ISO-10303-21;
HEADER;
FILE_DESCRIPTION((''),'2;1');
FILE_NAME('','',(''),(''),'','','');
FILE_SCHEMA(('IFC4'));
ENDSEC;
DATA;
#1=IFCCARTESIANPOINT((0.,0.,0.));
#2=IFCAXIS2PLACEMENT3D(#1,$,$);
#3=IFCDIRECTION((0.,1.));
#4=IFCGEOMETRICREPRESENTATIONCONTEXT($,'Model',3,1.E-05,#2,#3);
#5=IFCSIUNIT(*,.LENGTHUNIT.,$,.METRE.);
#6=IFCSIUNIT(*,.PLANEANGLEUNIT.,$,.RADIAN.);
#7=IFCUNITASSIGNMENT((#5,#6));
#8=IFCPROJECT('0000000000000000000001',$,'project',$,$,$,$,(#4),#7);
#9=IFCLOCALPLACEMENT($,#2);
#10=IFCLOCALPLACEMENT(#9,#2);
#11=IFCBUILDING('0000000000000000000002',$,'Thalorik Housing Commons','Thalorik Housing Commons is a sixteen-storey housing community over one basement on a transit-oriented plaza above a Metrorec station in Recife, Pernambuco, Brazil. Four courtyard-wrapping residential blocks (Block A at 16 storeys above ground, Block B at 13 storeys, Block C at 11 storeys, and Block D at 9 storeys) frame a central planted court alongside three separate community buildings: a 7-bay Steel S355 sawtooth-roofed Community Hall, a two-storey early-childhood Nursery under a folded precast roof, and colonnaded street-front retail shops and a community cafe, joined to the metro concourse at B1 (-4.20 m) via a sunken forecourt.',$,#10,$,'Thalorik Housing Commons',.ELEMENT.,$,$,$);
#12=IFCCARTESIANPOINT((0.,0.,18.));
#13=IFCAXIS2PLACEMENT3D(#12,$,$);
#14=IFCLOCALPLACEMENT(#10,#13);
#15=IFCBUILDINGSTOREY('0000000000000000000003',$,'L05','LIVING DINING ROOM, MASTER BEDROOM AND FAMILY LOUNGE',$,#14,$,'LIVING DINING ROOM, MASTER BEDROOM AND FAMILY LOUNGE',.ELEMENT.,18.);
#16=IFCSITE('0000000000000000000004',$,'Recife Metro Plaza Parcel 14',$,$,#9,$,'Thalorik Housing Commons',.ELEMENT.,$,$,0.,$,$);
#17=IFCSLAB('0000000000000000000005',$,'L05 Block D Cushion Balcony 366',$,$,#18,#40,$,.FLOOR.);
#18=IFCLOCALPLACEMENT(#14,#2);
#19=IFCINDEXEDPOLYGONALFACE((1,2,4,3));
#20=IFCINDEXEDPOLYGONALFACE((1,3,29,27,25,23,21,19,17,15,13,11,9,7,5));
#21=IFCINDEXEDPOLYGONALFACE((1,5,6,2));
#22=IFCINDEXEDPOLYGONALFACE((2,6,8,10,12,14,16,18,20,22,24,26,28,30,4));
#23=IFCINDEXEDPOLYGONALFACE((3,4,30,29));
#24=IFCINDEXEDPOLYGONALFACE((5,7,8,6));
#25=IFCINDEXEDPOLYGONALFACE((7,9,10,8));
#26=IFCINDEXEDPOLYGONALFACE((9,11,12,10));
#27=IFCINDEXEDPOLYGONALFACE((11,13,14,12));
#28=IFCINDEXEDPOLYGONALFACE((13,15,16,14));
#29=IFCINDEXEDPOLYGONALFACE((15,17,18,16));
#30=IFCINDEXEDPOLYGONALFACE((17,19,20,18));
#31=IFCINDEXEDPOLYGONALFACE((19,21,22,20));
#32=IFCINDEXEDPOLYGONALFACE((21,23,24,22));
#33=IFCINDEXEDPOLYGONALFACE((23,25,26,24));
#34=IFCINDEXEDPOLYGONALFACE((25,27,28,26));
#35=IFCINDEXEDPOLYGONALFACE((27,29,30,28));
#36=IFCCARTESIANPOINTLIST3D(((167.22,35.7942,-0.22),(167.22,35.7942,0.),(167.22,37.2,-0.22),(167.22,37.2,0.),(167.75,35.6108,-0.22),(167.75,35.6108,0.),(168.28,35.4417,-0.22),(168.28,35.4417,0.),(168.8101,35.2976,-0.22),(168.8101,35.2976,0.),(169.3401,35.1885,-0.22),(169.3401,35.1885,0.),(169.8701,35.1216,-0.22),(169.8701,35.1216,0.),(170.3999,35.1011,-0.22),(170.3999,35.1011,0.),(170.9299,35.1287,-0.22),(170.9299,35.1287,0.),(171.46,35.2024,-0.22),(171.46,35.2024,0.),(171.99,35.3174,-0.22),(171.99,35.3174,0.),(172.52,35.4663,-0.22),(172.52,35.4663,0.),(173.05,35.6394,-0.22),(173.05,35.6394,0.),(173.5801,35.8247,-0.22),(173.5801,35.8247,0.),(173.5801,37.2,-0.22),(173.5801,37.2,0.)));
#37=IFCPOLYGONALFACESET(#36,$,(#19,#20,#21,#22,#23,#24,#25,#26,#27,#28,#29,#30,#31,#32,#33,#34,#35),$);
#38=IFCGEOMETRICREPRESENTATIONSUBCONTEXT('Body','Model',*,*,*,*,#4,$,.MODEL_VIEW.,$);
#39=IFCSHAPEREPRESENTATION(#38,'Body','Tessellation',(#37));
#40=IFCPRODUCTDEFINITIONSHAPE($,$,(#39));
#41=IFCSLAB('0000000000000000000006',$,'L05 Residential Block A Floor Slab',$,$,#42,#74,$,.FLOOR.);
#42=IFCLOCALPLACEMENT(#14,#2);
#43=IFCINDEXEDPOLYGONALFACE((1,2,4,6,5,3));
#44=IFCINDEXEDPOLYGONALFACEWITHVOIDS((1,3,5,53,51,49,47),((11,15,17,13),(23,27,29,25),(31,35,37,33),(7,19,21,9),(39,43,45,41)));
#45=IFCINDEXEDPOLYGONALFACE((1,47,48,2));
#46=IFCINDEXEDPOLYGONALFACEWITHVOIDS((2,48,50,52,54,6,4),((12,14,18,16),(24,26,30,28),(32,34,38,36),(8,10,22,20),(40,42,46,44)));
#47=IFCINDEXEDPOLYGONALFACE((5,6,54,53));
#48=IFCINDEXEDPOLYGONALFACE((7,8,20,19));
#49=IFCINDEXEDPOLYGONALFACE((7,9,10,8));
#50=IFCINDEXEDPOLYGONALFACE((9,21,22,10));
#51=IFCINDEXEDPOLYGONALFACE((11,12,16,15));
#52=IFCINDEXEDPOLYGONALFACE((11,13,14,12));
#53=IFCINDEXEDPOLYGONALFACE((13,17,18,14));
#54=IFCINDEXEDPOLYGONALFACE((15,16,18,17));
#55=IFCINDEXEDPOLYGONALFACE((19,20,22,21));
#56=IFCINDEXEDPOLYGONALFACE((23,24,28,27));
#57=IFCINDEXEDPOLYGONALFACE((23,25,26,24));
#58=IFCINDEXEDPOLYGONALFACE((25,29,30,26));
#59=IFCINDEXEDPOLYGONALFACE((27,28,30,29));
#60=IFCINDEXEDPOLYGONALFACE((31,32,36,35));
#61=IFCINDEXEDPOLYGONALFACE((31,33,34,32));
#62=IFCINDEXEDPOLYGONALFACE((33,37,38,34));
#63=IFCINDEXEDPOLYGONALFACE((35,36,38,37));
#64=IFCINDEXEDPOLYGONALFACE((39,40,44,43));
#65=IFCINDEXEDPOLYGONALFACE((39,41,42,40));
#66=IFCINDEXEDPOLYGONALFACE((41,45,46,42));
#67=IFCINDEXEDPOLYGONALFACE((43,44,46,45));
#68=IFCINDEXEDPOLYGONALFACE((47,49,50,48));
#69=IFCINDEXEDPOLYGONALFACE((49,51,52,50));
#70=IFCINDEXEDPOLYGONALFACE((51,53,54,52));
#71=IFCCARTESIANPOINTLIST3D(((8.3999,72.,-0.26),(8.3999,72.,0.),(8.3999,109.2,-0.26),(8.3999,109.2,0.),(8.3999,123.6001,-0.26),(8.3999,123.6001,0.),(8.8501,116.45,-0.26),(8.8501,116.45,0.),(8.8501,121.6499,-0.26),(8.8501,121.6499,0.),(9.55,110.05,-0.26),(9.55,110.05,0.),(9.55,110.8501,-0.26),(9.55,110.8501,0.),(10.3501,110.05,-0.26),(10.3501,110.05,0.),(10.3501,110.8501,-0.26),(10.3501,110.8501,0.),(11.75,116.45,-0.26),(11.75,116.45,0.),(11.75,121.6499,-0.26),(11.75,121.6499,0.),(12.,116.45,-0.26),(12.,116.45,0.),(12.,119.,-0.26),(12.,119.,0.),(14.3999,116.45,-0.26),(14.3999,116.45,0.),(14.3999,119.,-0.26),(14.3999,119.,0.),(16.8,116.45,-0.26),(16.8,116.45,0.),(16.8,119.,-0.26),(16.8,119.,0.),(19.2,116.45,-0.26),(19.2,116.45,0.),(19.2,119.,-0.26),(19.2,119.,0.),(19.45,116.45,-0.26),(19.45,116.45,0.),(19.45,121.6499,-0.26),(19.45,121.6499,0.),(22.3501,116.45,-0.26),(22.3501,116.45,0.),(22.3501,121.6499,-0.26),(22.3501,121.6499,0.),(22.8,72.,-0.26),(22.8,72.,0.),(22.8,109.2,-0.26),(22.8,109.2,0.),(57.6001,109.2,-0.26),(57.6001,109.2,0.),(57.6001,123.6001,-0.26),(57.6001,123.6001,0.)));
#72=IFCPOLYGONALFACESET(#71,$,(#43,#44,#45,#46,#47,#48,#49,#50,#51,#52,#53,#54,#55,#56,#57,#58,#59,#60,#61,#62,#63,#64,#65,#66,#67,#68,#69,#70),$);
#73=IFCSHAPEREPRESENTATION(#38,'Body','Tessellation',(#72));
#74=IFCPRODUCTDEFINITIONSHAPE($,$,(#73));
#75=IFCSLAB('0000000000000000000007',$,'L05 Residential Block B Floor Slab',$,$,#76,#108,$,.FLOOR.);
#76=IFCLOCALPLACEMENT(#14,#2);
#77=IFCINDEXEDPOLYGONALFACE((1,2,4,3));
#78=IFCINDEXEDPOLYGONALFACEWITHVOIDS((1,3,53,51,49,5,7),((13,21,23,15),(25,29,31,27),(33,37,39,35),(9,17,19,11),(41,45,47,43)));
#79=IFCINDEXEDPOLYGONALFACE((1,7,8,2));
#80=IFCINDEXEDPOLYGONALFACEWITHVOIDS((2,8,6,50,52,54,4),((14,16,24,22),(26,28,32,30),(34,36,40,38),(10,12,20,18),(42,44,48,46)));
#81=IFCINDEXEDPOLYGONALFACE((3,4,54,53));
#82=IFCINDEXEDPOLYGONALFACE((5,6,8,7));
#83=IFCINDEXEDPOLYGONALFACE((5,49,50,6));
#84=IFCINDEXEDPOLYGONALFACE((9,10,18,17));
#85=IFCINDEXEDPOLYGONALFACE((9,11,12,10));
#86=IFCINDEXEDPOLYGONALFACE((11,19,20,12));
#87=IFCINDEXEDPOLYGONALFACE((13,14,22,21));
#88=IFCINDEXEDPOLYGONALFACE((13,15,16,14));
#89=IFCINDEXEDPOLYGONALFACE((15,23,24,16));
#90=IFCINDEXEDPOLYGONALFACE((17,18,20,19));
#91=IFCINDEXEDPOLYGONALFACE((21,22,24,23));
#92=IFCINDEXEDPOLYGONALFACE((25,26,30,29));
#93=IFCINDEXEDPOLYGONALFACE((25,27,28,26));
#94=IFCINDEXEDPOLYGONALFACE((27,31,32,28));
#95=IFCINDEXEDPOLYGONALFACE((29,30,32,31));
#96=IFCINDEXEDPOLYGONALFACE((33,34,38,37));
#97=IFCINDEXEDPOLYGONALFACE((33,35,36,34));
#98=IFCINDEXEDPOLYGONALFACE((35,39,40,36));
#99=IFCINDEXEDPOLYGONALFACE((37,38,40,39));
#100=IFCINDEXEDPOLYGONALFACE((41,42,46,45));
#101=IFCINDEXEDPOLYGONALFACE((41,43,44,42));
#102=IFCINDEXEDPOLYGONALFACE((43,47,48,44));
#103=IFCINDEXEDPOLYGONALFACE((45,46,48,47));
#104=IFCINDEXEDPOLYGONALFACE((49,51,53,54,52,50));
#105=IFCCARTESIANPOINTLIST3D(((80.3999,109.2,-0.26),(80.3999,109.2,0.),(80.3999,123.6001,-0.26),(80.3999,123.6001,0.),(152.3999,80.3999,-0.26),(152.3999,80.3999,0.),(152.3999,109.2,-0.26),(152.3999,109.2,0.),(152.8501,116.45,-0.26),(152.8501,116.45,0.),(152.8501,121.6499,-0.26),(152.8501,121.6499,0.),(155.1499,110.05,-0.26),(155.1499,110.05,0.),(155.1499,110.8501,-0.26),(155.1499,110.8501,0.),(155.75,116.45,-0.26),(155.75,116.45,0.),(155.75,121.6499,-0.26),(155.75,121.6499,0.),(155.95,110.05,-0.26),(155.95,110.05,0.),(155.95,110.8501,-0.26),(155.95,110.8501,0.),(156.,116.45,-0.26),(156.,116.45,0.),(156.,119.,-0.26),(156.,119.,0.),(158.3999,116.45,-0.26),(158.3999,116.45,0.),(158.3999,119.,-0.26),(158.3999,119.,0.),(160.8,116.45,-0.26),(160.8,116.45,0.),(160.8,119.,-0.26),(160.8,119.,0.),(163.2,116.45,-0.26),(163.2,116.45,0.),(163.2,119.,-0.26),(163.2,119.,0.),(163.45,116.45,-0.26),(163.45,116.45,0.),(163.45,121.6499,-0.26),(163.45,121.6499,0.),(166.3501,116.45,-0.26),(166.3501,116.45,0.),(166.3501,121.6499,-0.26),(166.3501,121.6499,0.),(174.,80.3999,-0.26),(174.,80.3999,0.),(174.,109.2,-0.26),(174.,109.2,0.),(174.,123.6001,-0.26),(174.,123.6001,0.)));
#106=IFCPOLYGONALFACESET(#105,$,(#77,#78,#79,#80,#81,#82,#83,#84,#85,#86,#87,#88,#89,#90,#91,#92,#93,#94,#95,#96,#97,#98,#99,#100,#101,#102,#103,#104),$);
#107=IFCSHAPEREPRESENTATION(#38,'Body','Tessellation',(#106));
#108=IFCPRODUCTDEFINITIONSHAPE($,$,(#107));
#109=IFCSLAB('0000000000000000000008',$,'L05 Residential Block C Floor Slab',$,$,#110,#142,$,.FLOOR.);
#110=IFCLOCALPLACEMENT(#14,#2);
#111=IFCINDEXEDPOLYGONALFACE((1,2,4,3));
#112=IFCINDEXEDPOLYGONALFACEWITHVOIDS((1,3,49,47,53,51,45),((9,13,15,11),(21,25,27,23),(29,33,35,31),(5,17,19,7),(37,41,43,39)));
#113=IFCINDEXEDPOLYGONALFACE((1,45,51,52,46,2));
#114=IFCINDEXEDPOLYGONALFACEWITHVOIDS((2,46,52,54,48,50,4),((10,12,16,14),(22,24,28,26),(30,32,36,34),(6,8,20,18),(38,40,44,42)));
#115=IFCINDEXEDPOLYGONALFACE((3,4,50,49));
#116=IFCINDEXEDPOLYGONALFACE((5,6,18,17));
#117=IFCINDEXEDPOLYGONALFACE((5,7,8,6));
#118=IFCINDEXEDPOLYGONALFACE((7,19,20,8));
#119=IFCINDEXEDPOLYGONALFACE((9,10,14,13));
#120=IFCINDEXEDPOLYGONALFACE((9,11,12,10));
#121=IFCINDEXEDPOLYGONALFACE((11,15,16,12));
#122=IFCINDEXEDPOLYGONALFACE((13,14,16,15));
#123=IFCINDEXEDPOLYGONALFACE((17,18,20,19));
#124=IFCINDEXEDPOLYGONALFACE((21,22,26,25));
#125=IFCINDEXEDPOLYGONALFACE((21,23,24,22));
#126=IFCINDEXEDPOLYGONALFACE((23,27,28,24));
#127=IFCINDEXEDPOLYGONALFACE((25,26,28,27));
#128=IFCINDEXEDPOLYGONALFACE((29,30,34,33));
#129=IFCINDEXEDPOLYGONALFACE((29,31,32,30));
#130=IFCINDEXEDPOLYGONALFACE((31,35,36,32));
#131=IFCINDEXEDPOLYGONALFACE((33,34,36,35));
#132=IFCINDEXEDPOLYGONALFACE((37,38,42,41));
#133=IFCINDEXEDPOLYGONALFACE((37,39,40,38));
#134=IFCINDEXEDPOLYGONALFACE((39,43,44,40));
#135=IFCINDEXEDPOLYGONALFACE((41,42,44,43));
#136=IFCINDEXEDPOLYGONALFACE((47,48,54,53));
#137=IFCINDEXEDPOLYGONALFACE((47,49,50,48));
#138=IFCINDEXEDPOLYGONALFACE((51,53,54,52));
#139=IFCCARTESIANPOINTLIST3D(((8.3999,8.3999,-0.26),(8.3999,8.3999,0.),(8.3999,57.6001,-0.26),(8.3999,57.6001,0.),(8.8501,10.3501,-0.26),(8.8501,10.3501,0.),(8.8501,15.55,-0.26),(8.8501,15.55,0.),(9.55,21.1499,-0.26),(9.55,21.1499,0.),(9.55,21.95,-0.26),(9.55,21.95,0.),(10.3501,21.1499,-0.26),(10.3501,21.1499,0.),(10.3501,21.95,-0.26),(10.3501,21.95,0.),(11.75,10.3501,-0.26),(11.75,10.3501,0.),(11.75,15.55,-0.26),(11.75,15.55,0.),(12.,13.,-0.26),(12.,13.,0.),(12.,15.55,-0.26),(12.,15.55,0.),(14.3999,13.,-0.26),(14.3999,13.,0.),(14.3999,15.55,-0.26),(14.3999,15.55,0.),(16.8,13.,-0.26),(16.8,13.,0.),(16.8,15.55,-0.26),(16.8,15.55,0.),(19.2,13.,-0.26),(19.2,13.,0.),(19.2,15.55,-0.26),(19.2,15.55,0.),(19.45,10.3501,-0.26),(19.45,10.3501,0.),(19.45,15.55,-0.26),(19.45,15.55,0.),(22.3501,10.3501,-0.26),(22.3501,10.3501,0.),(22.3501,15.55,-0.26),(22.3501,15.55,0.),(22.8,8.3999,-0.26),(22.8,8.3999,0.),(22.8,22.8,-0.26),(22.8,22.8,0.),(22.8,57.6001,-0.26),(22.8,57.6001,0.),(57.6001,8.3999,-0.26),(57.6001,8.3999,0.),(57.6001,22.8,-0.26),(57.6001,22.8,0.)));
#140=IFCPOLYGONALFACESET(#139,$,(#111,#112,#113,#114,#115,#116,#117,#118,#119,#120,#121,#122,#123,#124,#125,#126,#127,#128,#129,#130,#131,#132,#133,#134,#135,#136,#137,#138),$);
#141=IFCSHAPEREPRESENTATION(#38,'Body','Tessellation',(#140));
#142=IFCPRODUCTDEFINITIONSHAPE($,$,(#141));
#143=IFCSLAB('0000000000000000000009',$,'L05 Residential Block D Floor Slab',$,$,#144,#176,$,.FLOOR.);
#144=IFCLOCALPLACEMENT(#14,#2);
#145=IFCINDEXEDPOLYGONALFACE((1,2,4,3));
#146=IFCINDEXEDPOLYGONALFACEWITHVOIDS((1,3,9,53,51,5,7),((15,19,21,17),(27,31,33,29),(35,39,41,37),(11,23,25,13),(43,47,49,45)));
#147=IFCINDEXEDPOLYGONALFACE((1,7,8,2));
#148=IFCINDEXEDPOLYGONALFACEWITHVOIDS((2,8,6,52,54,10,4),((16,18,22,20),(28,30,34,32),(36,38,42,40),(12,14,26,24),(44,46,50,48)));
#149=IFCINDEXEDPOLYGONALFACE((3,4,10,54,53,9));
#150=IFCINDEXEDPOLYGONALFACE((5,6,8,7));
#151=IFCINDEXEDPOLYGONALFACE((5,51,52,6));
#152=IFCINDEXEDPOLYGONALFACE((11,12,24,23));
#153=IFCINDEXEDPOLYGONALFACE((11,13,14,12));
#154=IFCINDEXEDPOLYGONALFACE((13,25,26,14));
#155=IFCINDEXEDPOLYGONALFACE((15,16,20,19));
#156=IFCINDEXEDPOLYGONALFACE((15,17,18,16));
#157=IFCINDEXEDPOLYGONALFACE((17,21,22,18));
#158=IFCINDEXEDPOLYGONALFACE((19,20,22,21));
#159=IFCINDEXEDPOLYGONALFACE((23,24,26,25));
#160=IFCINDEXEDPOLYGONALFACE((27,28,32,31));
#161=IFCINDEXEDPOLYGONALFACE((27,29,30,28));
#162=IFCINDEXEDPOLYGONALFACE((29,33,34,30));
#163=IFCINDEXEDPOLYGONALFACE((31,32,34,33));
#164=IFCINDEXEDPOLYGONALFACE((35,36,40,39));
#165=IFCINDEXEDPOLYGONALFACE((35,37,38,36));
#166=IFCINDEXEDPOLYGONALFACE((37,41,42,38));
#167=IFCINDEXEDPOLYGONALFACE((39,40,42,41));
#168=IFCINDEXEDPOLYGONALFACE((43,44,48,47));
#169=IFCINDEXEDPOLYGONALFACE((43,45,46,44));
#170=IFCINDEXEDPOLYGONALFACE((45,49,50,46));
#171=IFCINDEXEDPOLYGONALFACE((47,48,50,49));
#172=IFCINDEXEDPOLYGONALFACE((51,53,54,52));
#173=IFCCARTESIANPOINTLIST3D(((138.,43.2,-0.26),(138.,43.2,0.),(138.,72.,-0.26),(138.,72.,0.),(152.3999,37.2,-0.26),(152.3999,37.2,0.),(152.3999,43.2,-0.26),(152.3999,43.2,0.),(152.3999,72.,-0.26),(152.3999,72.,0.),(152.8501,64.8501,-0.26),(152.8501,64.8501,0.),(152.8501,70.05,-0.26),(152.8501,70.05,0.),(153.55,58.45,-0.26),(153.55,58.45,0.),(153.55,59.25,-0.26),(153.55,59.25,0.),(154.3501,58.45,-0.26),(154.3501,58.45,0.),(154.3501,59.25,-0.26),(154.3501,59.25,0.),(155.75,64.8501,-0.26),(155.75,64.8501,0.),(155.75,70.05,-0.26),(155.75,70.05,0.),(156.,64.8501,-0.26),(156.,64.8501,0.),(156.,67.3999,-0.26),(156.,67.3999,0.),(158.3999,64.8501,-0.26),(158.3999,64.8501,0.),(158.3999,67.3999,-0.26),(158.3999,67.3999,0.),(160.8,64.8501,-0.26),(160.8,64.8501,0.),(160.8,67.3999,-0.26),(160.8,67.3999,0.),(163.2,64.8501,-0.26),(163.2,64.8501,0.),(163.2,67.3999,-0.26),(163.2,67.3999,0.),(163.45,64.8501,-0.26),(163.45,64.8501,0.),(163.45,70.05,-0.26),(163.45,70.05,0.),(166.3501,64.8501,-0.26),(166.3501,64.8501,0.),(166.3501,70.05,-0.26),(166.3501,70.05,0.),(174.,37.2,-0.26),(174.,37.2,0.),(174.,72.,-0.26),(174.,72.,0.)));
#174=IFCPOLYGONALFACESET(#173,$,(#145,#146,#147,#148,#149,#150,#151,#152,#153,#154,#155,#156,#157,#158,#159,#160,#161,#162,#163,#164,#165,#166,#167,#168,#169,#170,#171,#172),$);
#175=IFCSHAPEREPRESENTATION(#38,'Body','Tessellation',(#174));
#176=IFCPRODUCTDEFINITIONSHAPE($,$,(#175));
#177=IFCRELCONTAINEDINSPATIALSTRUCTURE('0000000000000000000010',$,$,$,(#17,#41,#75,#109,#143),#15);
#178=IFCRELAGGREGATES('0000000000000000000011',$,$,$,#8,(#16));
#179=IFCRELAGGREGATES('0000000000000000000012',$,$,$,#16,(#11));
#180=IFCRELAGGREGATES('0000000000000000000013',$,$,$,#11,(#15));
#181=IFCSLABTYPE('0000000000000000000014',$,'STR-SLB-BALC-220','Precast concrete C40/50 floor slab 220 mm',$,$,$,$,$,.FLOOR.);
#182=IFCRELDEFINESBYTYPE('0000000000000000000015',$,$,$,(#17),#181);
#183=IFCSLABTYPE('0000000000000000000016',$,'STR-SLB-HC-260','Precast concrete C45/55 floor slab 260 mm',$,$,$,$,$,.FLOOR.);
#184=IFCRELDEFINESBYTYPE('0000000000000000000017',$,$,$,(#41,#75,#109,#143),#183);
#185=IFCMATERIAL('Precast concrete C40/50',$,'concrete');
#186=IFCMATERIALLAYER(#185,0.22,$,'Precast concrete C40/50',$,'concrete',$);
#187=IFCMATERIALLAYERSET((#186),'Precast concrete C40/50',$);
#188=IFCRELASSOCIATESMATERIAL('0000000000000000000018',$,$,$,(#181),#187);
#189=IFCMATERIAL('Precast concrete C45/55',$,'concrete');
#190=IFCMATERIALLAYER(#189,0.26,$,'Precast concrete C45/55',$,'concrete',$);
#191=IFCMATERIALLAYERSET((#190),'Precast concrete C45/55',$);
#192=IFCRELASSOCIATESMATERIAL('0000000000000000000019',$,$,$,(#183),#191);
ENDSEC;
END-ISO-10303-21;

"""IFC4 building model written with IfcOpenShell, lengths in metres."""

from ifc_helpers import new_model, si_unit, direction, frame, origin, place, context, subcontext, project, spatial, polyline, outline, extrude, material, layer, layer_set, type_object, element, save


model = new_model("IFC4")

# Units and contexts
model_context = context("Model", 3, precision=1e-05, world=origin(), true_north=direction((0.0, 1.0)))
body_context = subcontext(model_context, "Body", "Model", "MODEL_VIEW")
ifc_project = project(units=[si_unit("LENGTHUNIT", "METRE"), si_unit("PLANEANGLEUNIT", "RADIAN")], contexts=[model_context])

# Site, building, storey
site_placement = place(None, origin())
site = spatial("IfcSite", under=ifc_project, at=site_placement, Name="Recife Metro Plaza Parcel 14", LongName="Thalorik Housing Commons", CompositionType="ELEMENT", RefElevation=0.0)
building_placement = place(site_placement, origin())
building = spatial("IfcBuilding", under=site, at=building_placement, Name="Thalorik Housing Commons", Description="Thalorik Housing Commons is a sixteen-storey housing community over one basement on a transit-oriented plaza above a Metrorec station in Recife, Pernambuco, Brazil. Four courtyard-wrapping residential blocks (Block A at 16 storeys above ground, Block B at 13 storeys, Block C at 11 storeys, and Block D at 9 storeys) frame a central planted court alongside three separate community buildings: a 7-bay Steel S355 sawtooth-roofed Community Hall, a two-storey early-childhood Nursery under a folded precast roof, and colonnaded street-front retail shops and a community cafe, joined to the metro concourse at B1 (-4.20 m) via a sunken forecourt.", LongName="Thalorik Housing Commons", CompositionType="ELEMENT")
storey_placement = place(building_placement, frame((0.0, 0.0, 18.0)))
storey = spatial("IfcBuildingStorey", under=building, at=storey_placement, Name="L05", Description="LIVING DINING ROOM, MASTER BEDROOM AND FAMILY LOUNGE", LongName="LIVING DINING ROOM, MASTER BEDROOM AND FAMILY LOUNGE", CompositionType="ELEMENT", Elevation=18.0)

# Slabs
ifc_material_1 = material(Name="Precast concrete C40/50", Category="concrete")
ifc_layer_1 = layer(ifc_material_1, 0.22, Name="Precast concrete C40/50", Category="concrete")
ifc_layer_set_1 = layer_set([ifc_layer_1], Name="Precast concrete C40/50")
slab_type_1 = type_object("IfcSlabType", Name="STR-SLB-BALC-220", Description="Precast concrete C40/50 floor slab 220 mm", PredefinedType="FLOOR", material=ifc_layer_set_1)
slab_1_placement = place(storey_placement, frame((0.0, 0.0, -0.22)))
element("IfcSlab", 1, at=slab_1_placement, inside=storey, type_object=slab_type_1, Name="L05 Block D Cushion Balcony 366", PredefinedType="FLOOR", context=body_context, shape_type="SweptSolid", body=[
    extrude(outline(polyline([(167.22, 35.7942), (167.75, 35.6108), (168.28, 35.4417), (168.8101, 35.2976), (169.3401, 35.1885), (169.8701, 35.1216), (170.3999, 35.1011), (170.9299, 35.1287), (171.46, 35.2024), (171.99, 35.3174), (172.52, 35.4663), (173.05, 35.6394), (173.5801, 35.8247), (173.5801, 37.2), (167.22, 37.2), (167.22, 35.7942)])), origin(), (0.0, 0.0, 1.0), 0.22),
])
ifc_material_2 = material(Name="Precast concrete C45/55", Category="concrete")
ifc_layer_2 = layer(ifc_material_2, 0.26, Name="Precast concrete C45/55", Category="concrete")
ifc_layer_set_2 = layer_set([ifc_layer_2], Name="Precast concrete C45/55")
slab_type_2 = type_object("IfcSlabType", Name="STR-SLB-HC-260", Description="Precast concrete C45/55 floor slab 260 mm", PredefinedType="FLOOR", material=ifc_layer_set_2)
slab_2_placement = place(storey_placement, frame((0.0, 0.0, -0.26)))
element("IfcSlab", 2, at=slab_2_placement, inside=storey, type_object=slab_type_2, Name="L05 Residential Block A Floor Slab", PredefinedType="FLOOR", context=body_context, shape_type="SweptSolid", body=[
    extrude(outline(polyline([(8.3999, 123.6001), (8.3999, 109.2), (8.3999, 72.0), (22.8, 72.0), (22.8, 109.2), (57.6001, 109.2), (57.6001, 123.6001), (8.3999, 123.6001)]), holes=[polyline([(8.8501, 121.6499), (11.75, 121.6499), (11.75, 116.45), (8.8501, 116.45), (8.8501, 121.6499)]), polyline([(22.3501, 121.6499), (22.3501, 116.45), (19.45, 116.45), (19.45, 121.6499), (22.3501, 121.6499)]), polyline([(14.3999, 119.0), (14.3999, 116.45), (12.0, 116.45), (12.0, 119.0), (14.3999, 119.0)]), polyline([(19.2, 116.45), (16.8, 116.45), (16.8, 119.0), (19.2, 119.0), (19.2, 116.45)]), polyline([(9.55, 110.05), (9.55, 110.8501), (10.3501, 110.8501), (10.3501, 110.05), (9.55, 110.05)])]), origin(), (0.0, 0.0, 1.0), 0.26),
])
slab_3_placement = place(storey_placement, frame((0.0, 0.0, -0.26)))
element("IfcSlab", 3, at=slab_3_placement, inside=storey, type_object=slab_type_2, Name="L05 Residential Block B Floor Slab", PredefinedType="FLOOR", context=body_context, shape_type="SweptSolid", body=[
    extrude(outline(polyline([(80.3999, 109.2), (152.3999, 109.2), (152.3999, 80.3999), (174.0, 80.3999), (174.0, 109.2), (174.0, 123.6001), (80.3999, 123.6001), (80.3999, 109.2)]), holes=[polyline([(152.8501, 121.6499), (155.75, 121.6499), (155.75, 116.45), (152.8501, 116.45), (152.8501, 121.6499)]), polyline([(166.3501, 121.6499), (166.3501, 116.45), (163.45, 116.45), (163.45, 121.6499), (166.3501, 121.6499)]), polyline([(158.3999, 119.0), (158.3999, 116.45), (156.0, 116.45), (156.0, 119.0), (158.3999, 119.0)]), polyline([(163.2, 116.45), (160.8, 116.45), (160.8, 119.0), (163.2, 119.0), (163.2, 116.45)]), polyline([(155.1499, 110.05), (155.1499, 110.8501), (155.95, 110.8501), (155.95, 110.05), (155.1499, 110.05)])]), origin(), (0.0, 0.0, 1.0), 0.26),
])
slab_4_placement = place(storey_placement, frame((0.0, 0.0, -0.26)))
element("IfcSlab", 4, at=slab_4_placement, inside=storey, type_object=slab_type_2, Name="L05 Residential Block C Floor Slab", PredefinedType="FLOOR", context=body_context, shape_type="SweptSolid", body=[
    extrude(outline(polyline([(8.3999, 8.3999), (22.8, 8.3999), (57.6001, 8.3999), (57.6001, 22.8), (22.8, 22.8), (22.8, 57.6001), (8.3999, 57.6001), (8.3999, 8.3999)]), holes=[polyline([(11.75, 10.3501), (8.8501, 10.3501), (8.8501, 15.55), (11.75, 15.55), (11.75, 10.3501)]), polyline([(19.45, 10.3501), (19.45, 15.55), (22.3501, 15.55), (22.3501, 10.3501), (19.45, 10.3501)]), polyline([(14.3999, 15.55), (14.3999, 13.0), (12.0, 13.0), (12.0, 15.55), (14.3999, 15.55)]), polyline([(19.2, 13.0), (16.8, 13.0), (16.8, 15.55), (19.2, 15.55), (19.2, 13.0)]), polyline([(9.55, 21.1499), (9.55, 21.95), (10.3501, 21.95), (10.3501, 21.1499), (9.55, 21.1499)])]), origin(), (0.0, 0.0, 1.0), 0.26),
])
slab_5_placement = place(storey_placement, frame((0.0, 0.0, -0.26)))
element("IfcSlab", 5, at=slab_5_placement, inside=storey, type_object=slab_type_2, Name="L05 Residential Block D Floor Slab", PredefinedType="FLOOR", context=body_context, shape_type="SweptSolid", body=[
    extrude(outline(polyline([(152.3999, 43.2), (152.3999, 37.2), (174.0, 37.2), (174.0, 72.0), (152.3999, 72.0), (138.0, 72.0), (138.0, 43.2), (152.3999, 43.2)]), holes=[polyline([(152.8501, 70.05), (155.75, 70.05), (155.75, 64.8501), (152.8501, 64.8501), (152.8501, 70.05)]), polyline([(166.3501, 70.05), (166.3501, 64.8501), (163.45, 64.8501), (163.45, 70.05), (166.3501, 70.05)]), polyline([(158.3999, 67.3999), (158.3999, 64.8501), (156.0, 64.8501), (156.0, 67.3999), (158.3999, 67.3999)]), polyline([(163.2, 64.8501), (160.8, 64.8501), (160.8, 67.3999), (163.2, 67.3999), (163.2, 64.8501)]), polyline([(153.55, 58.45), (153.55, 59.25), (154.3501, 59.25), (154.3501, 58.45), (153.55, 58.45)])]), origin(), (0.0, 0.0, 1.0), 0.26),
])

save(model, "model.ifc")
